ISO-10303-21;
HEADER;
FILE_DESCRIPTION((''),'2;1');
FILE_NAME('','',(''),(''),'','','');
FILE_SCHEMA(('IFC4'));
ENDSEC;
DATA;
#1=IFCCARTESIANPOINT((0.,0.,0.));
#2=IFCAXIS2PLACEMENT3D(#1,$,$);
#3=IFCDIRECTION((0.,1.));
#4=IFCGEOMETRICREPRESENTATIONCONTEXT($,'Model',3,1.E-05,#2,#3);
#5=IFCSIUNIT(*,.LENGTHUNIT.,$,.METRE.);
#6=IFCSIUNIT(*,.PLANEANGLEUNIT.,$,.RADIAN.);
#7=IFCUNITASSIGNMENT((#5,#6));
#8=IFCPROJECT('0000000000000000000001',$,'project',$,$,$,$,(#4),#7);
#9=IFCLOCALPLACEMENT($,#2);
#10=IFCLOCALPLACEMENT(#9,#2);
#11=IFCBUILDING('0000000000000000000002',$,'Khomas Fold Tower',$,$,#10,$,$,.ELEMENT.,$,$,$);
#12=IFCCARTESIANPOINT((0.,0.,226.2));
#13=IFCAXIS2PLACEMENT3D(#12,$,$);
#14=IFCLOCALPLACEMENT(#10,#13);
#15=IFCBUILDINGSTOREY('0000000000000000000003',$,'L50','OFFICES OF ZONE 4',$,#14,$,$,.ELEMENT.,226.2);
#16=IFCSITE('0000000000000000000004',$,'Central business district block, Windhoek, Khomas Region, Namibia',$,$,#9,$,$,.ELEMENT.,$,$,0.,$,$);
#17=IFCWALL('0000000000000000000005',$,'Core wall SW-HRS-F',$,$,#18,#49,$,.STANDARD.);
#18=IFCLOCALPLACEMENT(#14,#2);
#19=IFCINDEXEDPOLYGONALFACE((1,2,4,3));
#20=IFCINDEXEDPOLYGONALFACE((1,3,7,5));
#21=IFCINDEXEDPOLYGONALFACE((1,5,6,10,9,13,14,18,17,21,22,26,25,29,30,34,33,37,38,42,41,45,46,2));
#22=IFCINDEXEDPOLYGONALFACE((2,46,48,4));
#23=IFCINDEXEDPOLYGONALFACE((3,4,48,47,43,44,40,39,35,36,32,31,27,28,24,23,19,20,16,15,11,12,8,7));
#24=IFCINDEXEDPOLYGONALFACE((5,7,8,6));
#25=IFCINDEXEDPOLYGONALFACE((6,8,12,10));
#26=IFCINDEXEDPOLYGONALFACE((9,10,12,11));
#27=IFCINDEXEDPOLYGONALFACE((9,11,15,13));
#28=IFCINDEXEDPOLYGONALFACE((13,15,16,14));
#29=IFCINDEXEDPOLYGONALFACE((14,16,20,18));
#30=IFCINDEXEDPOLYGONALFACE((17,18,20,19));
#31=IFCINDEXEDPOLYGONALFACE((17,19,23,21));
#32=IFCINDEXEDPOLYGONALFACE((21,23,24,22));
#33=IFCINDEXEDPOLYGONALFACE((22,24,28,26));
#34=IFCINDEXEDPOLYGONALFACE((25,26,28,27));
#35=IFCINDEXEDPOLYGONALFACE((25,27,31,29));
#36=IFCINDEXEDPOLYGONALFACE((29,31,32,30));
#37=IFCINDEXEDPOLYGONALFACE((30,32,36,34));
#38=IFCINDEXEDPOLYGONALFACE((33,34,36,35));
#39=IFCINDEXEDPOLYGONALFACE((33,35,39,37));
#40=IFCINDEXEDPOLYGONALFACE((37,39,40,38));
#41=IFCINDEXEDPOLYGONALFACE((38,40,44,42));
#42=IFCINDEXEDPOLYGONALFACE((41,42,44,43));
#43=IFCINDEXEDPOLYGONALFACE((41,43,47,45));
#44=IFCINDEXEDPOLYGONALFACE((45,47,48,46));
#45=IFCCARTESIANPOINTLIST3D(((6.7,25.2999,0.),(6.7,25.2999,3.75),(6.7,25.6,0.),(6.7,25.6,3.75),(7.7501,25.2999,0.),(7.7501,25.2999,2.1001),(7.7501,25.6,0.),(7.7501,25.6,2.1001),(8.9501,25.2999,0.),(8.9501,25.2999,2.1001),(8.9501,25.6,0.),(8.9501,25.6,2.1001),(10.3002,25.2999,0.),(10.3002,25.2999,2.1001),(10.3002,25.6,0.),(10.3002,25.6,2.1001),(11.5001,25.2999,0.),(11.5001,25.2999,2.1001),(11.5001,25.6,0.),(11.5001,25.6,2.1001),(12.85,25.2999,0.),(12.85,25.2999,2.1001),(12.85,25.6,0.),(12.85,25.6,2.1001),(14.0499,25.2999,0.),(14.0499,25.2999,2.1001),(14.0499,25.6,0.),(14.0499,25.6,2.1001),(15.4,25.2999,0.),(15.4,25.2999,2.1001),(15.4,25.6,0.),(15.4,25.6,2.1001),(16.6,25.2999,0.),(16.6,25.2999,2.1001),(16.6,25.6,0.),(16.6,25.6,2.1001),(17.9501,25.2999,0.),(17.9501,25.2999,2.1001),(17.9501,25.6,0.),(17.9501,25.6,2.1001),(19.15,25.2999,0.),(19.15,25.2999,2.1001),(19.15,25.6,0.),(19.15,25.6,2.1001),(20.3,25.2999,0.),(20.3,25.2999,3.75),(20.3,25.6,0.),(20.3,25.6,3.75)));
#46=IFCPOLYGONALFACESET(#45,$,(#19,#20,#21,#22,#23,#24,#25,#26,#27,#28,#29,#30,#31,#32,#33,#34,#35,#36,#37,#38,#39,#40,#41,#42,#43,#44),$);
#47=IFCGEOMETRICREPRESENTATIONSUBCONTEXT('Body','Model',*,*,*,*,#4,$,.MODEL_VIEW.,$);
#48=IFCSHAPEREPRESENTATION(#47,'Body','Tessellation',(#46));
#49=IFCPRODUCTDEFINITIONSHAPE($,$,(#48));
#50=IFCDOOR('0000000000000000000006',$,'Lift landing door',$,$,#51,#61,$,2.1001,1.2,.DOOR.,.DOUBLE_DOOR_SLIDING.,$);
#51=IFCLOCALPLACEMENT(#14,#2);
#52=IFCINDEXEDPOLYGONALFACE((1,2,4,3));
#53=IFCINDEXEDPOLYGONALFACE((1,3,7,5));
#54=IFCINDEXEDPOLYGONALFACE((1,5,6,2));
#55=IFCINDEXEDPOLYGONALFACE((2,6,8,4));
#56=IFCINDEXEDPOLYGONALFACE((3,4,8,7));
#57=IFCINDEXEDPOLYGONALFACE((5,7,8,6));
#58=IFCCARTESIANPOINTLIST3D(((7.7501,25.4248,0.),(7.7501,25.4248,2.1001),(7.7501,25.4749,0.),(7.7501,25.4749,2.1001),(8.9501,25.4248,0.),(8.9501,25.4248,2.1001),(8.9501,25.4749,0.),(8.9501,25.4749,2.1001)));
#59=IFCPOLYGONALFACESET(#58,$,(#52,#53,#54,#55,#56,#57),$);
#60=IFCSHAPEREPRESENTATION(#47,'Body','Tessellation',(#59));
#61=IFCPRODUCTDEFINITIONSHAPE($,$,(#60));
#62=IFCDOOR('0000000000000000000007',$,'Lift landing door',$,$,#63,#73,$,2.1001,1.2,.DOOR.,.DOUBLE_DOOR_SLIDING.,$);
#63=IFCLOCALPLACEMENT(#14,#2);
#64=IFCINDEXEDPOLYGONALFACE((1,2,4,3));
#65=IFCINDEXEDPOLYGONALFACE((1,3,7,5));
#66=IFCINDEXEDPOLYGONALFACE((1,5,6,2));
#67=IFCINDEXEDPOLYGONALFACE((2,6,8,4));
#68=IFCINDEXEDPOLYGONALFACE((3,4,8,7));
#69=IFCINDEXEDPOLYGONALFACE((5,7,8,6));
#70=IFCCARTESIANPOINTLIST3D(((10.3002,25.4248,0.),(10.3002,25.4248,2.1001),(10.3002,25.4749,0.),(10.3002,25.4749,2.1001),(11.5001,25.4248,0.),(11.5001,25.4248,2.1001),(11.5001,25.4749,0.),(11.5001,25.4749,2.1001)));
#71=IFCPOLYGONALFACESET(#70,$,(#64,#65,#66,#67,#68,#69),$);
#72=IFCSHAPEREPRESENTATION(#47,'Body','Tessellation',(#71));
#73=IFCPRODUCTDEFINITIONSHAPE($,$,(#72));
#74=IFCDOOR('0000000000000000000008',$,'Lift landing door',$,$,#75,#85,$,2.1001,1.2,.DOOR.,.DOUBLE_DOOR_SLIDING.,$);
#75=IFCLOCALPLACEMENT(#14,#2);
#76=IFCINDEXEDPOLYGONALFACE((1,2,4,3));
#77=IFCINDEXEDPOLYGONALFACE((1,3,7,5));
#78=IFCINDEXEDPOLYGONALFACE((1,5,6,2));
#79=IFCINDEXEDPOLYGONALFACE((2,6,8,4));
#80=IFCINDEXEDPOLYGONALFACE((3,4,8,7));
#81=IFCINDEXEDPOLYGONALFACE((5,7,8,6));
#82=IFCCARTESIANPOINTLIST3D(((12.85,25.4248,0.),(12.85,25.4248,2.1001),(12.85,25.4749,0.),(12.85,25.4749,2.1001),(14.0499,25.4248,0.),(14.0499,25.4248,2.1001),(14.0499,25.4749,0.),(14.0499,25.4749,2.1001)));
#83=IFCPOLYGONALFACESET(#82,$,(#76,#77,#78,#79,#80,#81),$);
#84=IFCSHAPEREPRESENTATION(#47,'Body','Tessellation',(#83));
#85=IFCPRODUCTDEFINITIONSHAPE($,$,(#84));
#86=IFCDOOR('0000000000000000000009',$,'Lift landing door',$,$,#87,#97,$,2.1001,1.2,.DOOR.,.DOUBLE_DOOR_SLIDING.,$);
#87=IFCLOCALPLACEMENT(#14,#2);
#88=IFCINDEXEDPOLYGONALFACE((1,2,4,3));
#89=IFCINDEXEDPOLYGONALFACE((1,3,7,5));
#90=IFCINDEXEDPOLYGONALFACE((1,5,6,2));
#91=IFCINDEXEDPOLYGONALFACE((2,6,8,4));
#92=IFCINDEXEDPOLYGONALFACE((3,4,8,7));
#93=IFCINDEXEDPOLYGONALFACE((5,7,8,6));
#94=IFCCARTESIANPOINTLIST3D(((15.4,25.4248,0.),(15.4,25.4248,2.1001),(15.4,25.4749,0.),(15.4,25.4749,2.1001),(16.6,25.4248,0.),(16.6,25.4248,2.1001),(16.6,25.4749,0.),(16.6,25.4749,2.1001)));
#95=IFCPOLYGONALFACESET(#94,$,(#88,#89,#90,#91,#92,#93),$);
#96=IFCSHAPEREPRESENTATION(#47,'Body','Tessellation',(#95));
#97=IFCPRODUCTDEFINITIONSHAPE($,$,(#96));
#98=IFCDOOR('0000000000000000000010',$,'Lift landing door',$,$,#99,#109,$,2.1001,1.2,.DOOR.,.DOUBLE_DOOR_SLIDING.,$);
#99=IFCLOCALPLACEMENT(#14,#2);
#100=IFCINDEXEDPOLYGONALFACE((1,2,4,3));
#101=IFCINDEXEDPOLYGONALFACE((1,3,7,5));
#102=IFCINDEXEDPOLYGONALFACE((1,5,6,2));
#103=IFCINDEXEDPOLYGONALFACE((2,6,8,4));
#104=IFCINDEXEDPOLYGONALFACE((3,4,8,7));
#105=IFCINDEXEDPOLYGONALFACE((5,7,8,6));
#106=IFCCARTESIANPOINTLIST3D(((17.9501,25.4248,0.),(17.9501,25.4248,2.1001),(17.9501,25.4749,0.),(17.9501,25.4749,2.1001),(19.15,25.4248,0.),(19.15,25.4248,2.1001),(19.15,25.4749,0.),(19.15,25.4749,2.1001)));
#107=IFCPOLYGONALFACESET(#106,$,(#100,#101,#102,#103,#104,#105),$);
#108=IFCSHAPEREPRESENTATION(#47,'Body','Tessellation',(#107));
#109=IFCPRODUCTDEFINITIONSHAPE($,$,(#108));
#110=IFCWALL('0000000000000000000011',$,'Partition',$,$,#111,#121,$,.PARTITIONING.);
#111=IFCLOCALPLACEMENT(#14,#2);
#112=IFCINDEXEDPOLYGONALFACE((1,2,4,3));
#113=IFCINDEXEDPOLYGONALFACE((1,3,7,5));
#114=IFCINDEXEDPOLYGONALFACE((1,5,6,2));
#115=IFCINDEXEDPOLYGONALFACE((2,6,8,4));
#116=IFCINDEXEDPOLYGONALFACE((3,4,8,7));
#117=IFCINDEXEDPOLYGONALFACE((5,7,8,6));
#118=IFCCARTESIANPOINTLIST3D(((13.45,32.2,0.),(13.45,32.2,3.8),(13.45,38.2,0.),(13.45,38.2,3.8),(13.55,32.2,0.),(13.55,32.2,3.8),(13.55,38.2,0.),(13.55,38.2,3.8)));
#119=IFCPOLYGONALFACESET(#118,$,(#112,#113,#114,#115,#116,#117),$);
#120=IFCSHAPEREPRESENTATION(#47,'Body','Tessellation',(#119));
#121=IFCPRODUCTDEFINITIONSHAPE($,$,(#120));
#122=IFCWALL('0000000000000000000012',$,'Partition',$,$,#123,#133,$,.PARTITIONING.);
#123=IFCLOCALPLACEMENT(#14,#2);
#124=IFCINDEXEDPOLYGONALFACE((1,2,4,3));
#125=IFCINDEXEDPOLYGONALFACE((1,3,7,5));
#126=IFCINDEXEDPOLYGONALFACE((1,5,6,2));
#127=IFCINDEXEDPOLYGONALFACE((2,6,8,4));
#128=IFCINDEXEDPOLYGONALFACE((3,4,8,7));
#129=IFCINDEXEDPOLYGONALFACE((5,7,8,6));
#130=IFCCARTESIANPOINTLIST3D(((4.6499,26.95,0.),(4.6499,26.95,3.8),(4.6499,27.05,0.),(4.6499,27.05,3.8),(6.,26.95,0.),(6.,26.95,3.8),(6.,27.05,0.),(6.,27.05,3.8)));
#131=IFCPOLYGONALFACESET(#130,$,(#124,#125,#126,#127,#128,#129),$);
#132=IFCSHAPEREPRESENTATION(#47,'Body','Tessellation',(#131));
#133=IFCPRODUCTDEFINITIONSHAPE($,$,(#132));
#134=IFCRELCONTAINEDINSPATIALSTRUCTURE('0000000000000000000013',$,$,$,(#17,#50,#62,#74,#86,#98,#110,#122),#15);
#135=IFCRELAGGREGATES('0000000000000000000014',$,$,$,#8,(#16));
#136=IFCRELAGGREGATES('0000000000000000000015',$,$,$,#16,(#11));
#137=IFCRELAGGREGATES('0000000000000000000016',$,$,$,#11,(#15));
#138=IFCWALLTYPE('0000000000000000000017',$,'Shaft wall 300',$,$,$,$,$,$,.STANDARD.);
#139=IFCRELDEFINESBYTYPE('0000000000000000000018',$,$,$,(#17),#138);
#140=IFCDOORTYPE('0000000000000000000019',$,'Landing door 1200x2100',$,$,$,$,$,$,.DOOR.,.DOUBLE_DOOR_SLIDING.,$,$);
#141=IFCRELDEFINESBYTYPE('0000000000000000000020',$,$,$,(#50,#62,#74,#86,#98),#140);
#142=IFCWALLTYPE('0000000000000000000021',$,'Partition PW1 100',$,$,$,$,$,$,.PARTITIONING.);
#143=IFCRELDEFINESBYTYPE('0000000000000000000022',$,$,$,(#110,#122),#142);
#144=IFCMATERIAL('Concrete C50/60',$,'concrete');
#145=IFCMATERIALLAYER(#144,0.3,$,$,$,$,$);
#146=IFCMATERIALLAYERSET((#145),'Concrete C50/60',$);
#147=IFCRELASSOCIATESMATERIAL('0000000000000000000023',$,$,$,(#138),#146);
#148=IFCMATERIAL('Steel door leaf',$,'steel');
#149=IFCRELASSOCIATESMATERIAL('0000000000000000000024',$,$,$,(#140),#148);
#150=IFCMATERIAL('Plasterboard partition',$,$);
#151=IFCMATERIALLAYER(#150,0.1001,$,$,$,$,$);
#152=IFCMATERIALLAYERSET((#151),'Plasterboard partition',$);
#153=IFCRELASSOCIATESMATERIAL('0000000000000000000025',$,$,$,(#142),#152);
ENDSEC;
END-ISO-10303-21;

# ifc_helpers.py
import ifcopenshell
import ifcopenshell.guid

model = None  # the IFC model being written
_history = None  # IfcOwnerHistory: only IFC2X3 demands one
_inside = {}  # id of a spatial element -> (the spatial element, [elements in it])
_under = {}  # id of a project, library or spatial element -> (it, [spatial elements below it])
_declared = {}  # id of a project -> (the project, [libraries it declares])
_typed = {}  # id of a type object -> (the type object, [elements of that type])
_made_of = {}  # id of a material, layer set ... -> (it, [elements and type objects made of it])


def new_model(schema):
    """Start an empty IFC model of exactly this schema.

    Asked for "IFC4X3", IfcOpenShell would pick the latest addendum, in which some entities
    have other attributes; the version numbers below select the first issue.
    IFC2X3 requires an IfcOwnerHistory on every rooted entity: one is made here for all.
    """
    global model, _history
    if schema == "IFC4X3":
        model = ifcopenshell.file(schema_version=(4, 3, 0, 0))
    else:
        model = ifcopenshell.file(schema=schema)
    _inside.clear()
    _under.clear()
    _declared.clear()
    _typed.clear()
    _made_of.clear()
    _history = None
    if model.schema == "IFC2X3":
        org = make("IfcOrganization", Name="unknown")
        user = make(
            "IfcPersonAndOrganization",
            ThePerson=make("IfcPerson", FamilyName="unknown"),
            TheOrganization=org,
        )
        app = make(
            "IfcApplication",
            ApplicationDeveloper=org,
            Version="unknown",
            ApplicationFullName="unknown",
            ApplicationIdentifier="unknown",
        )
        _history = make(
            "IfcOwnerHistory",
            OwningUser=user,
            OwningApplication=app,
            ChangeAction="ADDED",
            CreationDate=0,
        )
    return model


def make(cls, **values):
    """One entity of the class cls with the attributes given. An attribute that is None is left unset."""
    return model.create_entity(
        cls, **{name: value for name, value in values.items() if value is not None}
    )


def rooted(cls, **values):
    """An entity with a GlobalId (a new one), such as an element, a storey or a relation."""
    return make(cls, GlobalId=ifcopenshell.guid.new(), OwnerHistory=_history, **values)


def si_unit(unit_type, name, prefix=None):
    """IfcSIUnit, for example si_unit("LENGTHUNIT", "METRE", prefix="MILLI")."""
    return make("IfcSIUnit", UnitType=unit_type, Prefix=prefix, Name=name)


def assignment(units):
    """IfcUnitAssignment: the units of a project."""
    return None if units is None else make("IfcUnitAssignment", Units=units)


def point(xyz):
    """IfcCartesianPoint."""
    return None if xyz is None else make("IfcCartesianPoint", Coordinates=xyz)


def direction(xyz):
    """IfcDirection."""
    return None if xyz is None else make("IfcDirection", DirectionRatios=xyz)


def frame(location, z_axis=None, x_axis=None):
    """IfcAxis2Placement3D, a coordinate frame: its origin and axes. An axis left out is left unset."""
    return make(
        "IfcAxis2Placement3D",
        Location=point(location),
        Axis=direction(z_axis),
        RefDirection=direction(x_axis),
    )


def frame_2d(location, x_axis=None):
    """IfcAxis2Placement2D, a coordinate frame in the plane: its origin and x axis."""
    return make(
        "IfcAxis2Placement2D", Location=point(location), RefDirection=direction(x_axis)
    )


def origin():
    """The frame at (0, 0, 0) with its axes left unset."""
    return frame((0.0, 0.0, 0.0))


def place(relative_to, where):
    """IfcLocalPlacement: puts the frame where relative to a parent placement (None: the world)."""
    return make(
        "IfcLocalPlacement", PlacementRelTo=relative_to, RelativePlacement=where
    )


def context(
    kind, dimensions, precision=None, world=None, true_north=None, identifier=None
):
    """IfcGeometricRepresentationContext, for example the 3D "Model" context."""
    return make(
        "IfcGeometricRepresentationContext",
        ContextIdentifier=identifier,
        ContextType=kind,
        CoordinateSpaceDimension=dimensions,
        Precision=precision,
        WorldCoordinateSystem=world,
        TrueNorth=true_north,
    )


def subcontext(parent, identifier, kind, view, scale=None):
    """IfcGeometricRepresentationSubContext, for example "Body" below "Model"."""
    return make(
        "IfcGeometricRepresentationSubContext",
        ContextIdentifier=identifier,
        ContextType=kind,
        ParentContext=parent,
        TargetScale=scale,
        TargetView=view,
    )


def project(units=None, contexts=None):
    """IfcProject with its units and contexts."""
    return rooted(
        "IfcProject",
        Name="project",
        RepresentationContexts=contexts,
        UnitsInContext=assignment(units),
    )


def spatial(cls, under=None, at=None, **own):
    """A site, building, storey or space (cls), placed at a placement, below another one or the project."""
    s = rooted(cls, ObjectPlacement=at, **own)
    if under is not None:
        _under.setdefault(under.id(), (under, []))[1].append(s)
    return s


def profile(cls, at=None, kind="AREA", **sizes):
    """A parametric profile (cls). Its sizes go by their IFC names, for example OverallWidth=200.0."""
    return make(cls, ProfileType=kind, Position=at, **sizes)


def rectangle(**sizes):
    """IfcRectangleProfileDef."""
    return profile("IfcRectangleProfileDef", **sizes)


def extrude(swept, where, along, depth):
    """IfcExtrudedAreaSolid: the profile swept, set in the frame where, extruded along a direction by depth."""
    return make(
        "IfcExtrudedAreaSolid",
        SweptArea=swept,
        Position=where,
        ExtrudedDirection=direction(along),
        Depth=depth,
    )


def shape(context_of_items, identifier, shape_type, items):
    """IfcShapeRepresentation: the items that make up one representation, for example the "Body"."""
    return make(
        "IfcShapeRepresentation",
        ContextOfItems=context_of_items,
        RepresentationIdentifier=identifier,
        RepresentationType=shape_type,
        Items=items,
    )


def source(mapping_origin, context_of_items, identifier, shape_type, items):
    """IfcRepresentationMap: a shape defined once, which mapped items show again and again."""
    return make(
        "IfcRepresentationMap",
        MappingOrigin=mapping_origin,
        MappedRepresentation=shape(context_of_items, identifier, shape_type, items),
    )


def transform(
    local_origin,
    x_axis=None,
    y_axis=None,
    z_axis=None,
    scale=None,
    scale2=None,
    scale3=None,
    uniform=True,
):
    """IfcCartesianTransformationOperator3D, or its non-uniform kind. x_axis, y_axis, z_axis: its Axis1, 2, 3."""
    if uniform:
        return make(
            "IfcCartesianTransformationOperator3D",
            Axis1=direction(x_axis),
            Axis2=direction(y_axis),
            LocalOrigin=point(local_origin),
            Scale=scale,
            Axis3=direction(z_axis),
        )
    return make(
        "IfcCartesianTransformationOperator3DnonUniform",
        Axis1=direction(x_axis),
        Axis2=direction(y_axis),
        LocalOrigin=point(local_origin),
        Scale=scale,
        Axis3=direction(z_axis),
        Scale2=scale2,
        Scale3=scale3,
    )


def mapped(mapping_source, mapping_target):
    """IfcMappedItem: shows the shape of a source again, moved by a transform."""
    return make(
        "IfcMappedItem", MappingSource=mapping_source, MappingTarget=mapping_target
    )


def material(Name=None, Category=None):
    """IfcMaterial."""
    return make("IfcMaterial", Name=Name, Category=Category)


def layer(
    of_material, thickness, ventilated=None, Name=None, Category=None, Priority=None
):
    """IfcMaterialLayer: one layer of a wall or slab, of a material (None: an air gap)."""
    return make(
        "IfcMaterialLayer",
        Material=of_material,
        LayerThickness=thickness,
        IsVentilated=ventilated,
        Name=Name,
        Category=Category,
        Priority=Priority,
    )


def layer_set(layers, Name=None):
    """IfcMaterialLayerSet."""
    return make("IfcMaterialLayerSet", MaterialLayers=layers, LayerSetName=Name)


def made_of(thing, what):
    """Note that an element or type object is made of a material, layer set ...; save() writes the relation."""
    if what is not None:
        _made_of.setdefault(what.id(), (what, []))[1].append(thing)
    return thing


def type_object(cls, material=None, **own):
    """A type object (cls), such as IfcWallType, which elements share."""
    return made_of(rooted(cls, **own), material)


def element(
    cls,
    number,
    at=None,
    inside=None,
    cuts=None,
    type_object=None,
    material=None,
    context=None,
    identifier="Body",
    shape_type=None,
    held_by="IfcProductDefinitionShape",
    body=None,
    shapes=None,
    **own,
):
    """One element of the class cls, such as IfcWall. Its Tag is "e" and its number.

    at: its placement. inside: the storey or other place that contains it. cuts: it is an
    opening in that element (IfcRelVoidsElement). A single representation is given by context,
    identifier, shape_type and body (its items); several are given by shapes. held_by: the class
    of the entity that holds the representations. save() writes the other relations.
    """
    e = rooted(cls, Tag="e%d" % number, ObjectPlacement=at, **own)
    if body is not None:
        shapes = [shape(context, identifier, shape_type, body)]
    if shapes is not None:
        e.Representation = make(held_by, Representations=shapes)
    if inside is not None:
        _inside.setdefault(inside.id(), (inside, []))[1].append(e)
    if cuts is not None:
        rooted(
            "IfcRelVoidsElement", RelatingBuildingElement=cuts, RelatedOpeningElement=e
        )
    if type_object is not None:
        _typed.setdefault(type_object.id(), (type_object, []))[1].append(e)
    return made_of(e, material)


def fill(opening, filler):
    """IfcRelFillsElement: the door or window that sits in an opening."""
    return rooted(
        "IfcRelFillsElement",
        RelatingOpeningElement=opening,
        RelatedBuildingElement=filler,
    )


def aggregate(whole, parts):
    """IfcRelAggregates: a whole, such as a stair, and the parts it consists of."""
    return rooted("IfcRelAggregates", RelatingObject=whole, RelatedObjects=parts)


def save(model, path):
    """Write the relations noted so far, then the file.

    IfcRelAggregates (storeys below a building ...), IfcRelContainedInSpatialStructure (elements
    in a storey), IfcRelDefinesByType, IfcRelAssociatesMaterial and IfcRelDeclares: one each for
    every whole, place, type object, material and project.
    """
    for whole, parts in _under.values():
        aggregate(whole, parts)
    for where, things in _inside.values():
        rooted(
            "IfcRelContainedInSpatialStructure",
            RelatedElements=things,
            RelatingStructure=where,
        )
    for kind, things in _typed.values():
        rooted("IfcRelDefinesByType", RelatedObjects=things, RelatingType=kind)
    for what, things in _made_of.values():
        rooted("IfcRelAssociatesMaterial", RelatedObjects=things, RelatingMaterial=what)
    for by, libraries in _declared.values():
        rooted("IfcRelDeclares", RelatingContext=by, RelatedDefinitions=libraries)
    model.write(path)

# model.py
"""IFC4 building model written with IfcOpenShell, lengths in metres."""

from ifc_helpers import new_model, si_unit, direction, frame, frame_2d, origin, place, context, subcontext, project, spatial, rectangle, extrude, source, transform, mapped, material, layer, layer_set, type_object, element, fill, save


model = new_model("IFC4")

# Units and contexts
model_context = context("Model", 3, precision=1e-05, world=origin(), true_north=direction((0.0, 1.0)))
body_context = subcontext(model_context, "Body", "Model", "MODEL_VIEW")
ifc_project = project(units=[si_unit("LENGTHUNIT", "METRE"), si_unit("PLANEANGLEUNIT", "RADIAN")], contexts=[model_context])

# Site, building, storey
site_placement = place(None, origin())
site = spatial("IfcSite", under=ifc_project, at=site_placement, Name="Central business district block, Windhoek, Khomas Region, Namibia", CompositionType="ELEMENT", RefElevation=0.0)
building_placement = place(site_placement, origin())
building = spatial("IfcBuilding", under=site, at=building_placement, Name="Khomas Fold Tower", CompositionType="ELEMENT")
storey_placement = place(building_placement, frame((0.0, 0.0, 226.2)))
storey = spatial("IfcBuildingStorey", under=building, at=storey_placement, Name="L50", Description="OFFICES OF ZONE 4", CompositionType="ELEMENT", Elevation=226.2)

# Shared definitions
ifc_material_1 = material(Name="Concrete C50/60", Category="concrete")
ifc_layer_1 = layer(ifc_material_1, 0.3)
ifc_layer_set_1 = layer_set([ifc_layer_1], Name="Concrete C50/60")
wall_type_1 = type_object("IfcWallType", Name="Shaft wall 300", PredefinedType="STANDARD", material=ifc_layer_set_1)
shared_shape_1 = source(origin(), body_context, "Body", "SweptSolid", [
    extrude(rectangle(XDim=13.6001, YDim=0.3, at=frame_2d((6.8, 0.0))), origin(), (0.0, 0.0, 1.0), 3.75),
])

# Wall, openings, doors
shared_shape_2 = source(origin(), body_context, "Body", "SweptSolid", [
    extrude(rectangle(XDim=1.2, YDim=2.1001, at=frame_2d((0.6001, 1.05))), frame((0.0, 0.1599, 0.0), z_axis=(0.0, -1.0, 0.0), x_axis=(1.0, 0.0, 0.0)), (0.0, 0.0, 1.0), 0.3201),
])
ifc_material_2 = material(Name="Steel door leaf", Category="steel")
door_type = type_object("IfcDoorType", Name="Landing door 1200x2100", OperationType="DOUBLE_DOOR_SLIDING", PredefinedType="DOOR", material=ifc_material_2)
shared_shape_3 = source(origin(), body_context, "Body", "SweptSolid", [
    extrude(rectangle(XDim=1.2, YDim=2.1001, at=frame_2d((0.6001, 1.05))), frame((0.0, 0.0249, 0.0), z_axis=(0.0, -1.0, 0.0), x_axis=(1.0, 0.0, 0.0)), (0.0, 0.0, 1.0), 0.05),
])
wall_1_placement = place(storey_placement, frame((6.7, 25.45, 0.0), z_axis=(0.0, 0.0, 1.0), x_axis=(1.0, 0.0, 0.0)))
wall_1 = element("IfcWall", 1, at=wall_1_placement, inside=storey, type_object=wall_type_1, Name="Core wall SW-HRS-F", PredefinedType="STANDARD", context=body_context, shape_type="MappedRepresentation", body=[
    mapped(shared_shape_1, transform((0.0, 0.0, 0.0))),
])
opening_1_placement = place(wall_1_placement, frame((1.05, 0.0, 0.0)))
opening_1 = element("IfcOpeningElement", 2, at=opening_1_placement, cuts=wall_1, PredefinedType="OPENING", context=body_context, shape_type="MappedRepresentation", body=[
    mapped(shared_shape_2, transform((0.0, 0.0, 0.0))),
])
opening_2_placement = place(wall_1_placement, frame((3.6001, 0.0, 0.0)))
opening_2 = element("IfcOpeningElement", 3, at=opening_2_placement, cuts=wall_1, PredefinedType="OPENING", context=body_context, shape_type="MappedRepresentation", body=[
    mapped(shared_shape_2, transform((0.0, 0.0, 0.0))),
])
opening_3_placement = place(wall_1_placement, frame((6.1499, 0.0, 0.0)))
opening_3 = element("IfcOpeningElement", 4, at=opening_3_placement, cuts=wall_1, PredefinedType="OPENING", context=body_context, shape_type="MappedRepresentation", body=[
    mapped(shared_shape_2, transform((0.0, 0.0, 0.0))),
])
opening_4_placement = place(wall_1_placement, frame((8.7, 0.0, 0.0)))
opening_4 = element("IfcOpeningElement", 5, at=opening_4_placement, cuts=wall_1, PredefinedType="OPENING", context=body_context, shape_type="MappedRepresentation", body=[
    mapped(shared_shape_2, transform((0.0, 0.0, 0.0))),
])
opening_5_placement = place(wall_1_placement, frame((11.25, 0.0, 0.0)))
opening_5 = element("IfcOpeningElement", 6, at=opening_5_placement, cuts=wall_1, PredefinedType="OPENING", context=body_context, shape_type="MappedRepresentation", body=[
    mapped(shared_shape_2, transform((0.0, 0.0, 0.0))),
])
door_1_placement = place(opening_1_placement, origin())
door_1 = element("IfcDoor", 7, at=door_1_placement, inside=storey, type_object=door_type, Name="Lift landing door", OperationType="DOUBLE_DOOR_SLIDING", OverallHeight=2.1001, OverallWidth=1.2, PredefinedType="DOOR", context=body_context, shape_type="MappedRepresentation", body=[
    mapped(shared_shape_3, transform((0.0, 0.0, 0.0))),
])
fill(opening_1, door_1)
door_2_placement = place(opening_2_placement, origin())
door_2 = element("IfcDoor", 8, at=door_2_placement, inside=storey, type_object=door_type, Name="Lift landing door", OperationType="DOUBLE_DOOR_SLIDING", OverallHeight=2.1001, OverallWidth=1.2, PredefinedType="DOOR", context=body_context, shape_type="MappedRepresentation", body=[
    mapped(shared_shape_3, transform((0.0, 0.0, 0.0))),
])
fill(opening_2, door_2)
door_3_placement = place(opening_3_placement, origin())
door_3 = element("IfcDoor", 9, at=door_3_placement, inside=storey, type_object=door_type, Name="Lift landing door", OperationType="DOUBLE_DOOR_SLIDING", OverallHeight=2.1001, OverallWidth=1.2, PredefinedType="DOOR", context=body_context, shape_type="MappedRepresentation", body=[
    mapped(shared_shape_3, transform((0.0, 0.0, 0.0))),
])
fill(opening_3, door_3)
door_4_placement = place(opening_4_placement, origin())
door_4 = element("IfcDoor", 10, at=door_4_placement, inside=storey, type_object=door_type, Name="Lift landing door", OperationType="DOUBLE_DOOR_SLIDING", OverallHeight=2.1001, OverallWidth=1.2, PredefinedType="DOOR", context=body_context, shape_type="MappedRepresentation", body=[
    mapped(shared_shape_3, transform((0.0, 0.0, 0.0))),
])
fill(opening_4, door_4)
door_5_placement = place(opening_5_placement, origin())
door_5 = element("IfcDoor", 11, at=door_5_placement, inside=storey, type_object=door_type, Name="Lift landing door", OperationType="DOUBLE_DOOR_SLIDING", OverallHeight=2.1001, OverallWidth=1.2, PredefinedType="DOOR", context=body_context, shape_type="MappedRepresentation", body=[
    mapped(shared_shape_3, transform((0.0, 0.0, 0.0))),
])
fill(opening_5, door_5)

# Walls
ifc_material_3 = material(Name="Plasterboard partition")
ifc_layer_2 = layer(ifc_material_3, 0.1001)
ifc_layer_set_2 = layer_set([ifc_layer_2], Name="Plasterboard partition")
wall_type_2 = type_object("IfcWallType", Name="Partition PW1 100", PredefinedType="PARTITIONING", material=ifc_layer_set_2)
shared_shape_4 = source(origin(), body_context, "Body", "SweptSolid", [
    extrude(rectangle(XDim=6.0, YDim=0.1001, at=frame_2d((3.0, 0.0))), origin(), (0.0, 0.0, 1.0), 3.8),
])
wall_2_placement = place(storey_placement, frame((13.5, 32.2, 0.0), z_axis=(0.0, 0.0, 1.0), x_axis=(0.0, 1.0, 0.0)))
element("IfcWall", 12, at=wall_2_placement, inside=storey, type_object=wall_type_2, Name="Partition", PredefinedType="PARTITIONING", context=body_context, shape_type="MappedRepresentation", body=[
    mapped(shared_shape_4, transform((0.0, 0.0, 0.0))),
])
shared_shape_5 = source(origin(), body_context, "Body", "SweptSolid", [
    extrude(rectangle(XDim=1.3501, YDim=0.1001, at=frame_2d((0.675, 0.0))), origin(), (0.0, 0.0, 1.0), 3.8),
])
wall_3_placement = place(storey_placement, frame((4.6499, 27.0, 0.0), z_axis=(0.0, 0.0, 1.0), x_axis=(1.0, 0.0, 0.0)))
element("IfcWall", 13, at=wall_3_placement, inside=storey, type_object=wall_type_2, Name="Partition", PredefinedType="PARTITIONING", context=body_context, shape_type="MappedRepresentation", body=[
    mapped(shared_shape_5, transform((0.0, 0.0, 0.0))),
])

save(model, "model.ifc")
